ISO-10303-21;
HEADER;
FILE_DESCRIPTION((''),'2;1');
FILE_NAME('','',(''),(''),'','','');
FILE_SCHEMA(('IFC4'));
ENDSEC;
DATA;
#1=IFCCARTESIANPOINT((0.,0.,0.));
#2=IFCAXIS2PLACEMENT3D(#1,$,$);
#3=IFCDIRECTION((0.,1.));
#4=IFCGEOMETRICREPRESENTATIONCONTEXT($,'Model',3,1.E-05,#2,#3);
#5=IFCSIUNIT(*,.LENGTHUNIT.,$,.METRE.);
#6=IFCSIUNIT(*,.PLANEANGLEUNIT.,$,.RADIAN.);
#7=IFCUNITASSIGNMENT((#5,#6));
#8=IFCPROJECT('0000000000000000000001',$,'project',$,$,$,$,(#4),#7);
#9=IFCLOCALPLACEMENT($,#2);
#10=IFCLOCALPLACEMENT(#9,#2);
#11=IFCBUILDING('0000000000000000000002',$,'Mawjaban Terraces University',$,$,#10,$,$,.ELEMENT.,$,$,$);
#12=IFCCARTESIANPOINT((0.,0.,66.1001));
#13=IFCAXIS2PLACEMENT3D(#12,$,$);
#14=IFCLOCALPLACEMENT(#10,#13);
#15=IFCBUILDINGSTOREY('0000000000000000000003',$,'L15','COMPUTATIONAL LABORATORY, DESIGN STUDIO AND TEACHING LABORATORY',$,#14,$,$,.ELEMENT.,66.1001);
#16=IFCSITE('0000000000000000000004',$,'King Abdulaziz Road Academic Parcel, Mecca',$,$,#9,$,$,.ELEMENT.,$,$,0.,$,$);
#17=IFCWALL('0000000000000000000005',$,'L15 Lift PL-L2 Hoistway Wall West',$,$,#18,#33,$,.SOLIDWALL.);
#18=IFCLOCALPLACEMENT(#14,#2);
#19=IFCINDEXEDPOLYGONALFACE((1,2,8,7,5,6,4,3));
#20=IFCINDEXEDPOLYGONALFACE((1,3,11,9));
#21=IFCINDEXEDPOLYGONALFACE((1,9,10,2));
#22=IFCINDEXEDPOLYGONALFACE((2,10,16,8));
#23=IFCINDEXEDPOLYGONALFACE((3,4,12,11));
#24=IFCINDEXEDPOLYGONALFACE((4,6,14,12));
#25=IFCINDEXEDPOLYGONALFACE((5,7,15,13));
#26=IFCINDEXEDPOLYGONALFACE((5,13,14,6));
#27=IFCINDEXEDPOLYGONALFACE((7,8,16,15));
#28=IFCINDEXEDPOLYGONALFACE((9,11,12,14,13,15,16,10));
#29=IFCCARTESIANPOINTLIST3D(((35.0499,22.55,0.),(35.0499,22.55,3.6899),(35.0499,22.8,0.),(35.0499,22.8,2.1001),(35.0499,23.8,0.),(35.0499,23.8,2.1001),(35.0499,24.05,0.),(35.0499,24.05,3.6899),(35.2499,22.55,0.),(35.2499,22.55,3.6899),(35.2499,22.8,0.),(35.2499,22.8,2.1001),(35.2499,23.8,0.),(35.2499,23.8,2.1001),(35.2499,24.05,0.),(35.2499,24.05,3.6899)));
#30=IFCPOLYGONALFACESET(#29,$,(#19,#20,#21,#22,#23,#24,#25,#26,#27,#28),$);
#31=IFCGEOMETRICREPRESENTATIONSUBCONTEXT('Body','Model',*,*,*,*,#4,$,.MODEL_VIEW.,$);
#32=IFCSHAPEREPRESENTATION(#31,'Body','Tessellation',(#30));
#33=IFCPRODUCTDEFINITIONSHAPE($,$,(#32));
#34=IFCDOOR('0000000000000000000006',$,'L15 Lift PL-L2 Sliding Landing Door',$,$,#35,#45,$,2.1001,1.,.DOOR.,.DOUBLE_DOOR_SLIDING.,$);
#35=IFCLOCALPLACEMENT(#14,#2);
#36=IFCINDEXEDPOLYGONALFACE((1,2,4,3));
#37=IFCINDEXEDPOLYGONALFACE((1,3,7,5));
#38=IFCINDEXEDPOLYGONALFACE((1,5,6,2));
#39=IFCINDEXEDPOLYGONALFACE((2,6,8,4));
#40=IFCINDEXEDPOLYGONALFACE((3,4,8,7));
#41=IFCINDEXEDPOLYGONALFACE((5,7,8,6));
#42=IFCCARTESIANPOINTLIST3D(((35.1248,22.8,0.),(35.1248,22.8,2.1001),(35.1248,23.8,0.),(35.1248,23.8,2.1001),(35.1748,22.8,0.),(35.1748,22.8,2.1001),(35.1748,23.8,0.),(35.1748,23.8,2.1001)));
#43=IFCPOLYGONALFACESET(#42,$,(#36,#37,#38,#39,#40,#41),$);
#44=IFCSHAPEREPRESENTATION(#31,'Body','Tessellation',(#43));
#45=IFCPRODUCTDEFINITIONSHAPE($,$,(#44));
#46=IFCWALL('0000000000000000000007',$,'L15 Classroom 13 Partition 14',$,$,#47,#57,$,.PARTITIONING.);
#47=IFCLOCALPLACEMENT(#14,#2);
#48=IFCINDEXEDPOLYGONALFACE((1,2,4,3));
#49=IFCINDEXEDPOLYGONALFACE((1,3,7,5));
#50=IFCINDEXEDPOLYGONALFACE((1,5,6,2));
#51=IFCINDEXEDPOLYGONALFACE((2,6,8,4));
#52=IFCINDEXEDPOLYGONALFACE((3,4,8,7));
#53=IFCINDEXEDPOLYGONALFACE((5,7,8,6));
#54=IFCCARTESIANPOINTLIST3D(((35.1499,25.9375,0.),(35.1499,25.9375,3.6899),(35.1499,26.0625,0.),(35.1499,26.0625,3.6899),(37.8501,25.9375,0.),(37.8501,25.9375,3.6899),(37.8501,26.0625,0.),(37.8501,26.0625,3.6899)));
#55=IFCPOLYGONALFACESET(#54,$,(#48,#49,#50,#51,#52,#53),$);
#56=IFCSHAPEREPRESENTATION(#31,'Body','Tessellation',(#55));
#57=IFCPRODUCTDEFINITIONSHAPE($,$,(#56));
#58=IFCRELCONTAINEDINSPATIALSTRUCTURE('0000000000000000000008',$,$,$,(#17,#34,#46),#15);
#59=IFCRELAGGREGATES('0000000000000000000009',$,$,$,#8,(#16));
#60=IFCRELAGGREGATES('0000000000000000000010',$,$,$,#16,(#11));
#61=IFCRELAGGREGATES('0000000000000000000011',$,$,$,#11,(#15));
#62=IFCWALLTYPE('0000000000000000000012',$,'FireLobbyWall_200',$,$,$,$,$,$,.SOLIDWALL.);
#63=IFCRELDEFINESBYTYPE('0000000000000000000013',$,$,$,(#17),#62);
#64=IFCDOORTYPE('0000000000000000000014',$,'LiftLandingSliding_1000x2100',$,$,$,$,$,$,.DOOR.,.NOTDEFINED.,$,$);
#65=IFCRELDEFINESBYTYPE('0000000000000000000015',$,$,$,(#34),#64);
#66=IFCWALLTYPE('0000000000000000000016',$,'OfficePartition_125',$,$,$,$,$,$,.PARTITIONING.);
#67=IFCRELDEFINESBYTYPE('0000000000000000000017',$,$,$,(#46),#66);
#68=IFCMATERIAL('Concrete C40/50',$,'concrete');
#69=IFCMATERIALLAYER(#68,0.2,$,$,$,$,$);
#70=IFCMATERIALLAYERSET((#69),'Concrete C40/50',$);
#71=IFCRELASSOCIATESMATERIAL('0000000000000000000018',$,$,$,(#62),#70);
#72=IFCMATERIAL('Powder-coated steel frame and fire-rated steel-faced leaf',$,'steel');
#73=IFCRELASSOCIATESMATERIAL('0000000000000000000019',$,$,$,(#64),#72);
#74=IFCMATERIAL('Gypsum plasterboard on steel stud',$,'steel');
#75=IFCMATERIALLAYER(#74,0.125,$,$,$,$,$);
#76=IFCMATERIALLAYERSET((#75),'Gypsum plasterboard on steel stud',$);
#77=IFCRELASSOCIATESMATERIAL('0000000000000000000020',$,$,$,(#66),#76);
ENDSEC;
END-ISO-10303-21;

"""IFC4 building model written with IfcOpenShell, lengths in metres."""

from ifc_helpers import new_model, si_unit, direction, frame, frame_2d, origin, place, context, subcontext, project, spatial, rectangle, extrude, material, layer, layer_set, type_object, element, fill, save


model = new_model("IFC4")

# Units and contexts
model_context = context("Model", 3, precision=1e-05, world=origin(), true_north=direction((0.0, 1.0)))
body_context = subcontext(model_context, "Body", "Model", "MODEL_VIEW")
ifc_project = project(units=[si_unit("LENGTHUNIT", "METRE"), si_unit("PLANEANGLEUNIT", "RADIAN")], contexts=[model_context])

# Site, building, storey
site_placement = place(None, origin())
site = spatial("IfcSite", under=ifc_project, at=site_placement, Name="King Abdulaziz Road Academic Parcel, Mecca", CompositionType="ELEMENT", RefElevation=0.0)
building_placement = place(site_placement, origin())
building = spatial("IfcBuilding", under=site, at=building_placement, Name="Mawjaban Terraces University", CompositionType="ELEMENT")
storey_placement = place(building_placement, frame((0.0, 0.0, 66.1001)))
storey = spatial("IfcBuildingStorey", under=building, at=storey_placement, Name="L15", Description="COMPUTATIONAL LABORATORY, DESIGN STUDIO AND TEACHING LABORATORY", CompositionType="ELEMENT", Elevation=66.1001)

# Wall, opening, door
ifc_material_1 = material(Name="Concrete C40/50", Category="concrete")
ifc_layer_1 = layer(ifc_material_1, 0.2)
ifc_layer_set_1 = layer_set([ifc_layer_1], Name="Concrete C40/50")
wall_type_1 = type_object("IfcWallType", Name="FireLobbyWall_200", PredefinedType="SOLIDWALL", material=ifc_layer_set_1)
wall_1_placement = place(storey_placement, frame((35.1499, 24.05, 0.0), z_axis=(0.0, 0.0, 1.0), x_axis=(0.0, -1.0, 0.0)))
wall_1 = element("IfcWall", 1, at=wall_1_placement, inside=storey, type_object=wall_type_1, Name="L15 Lift PL-L2 Hoistway Wall West", PredefinedType="SOLIDWALL", context=body_context, shape_type="SweptSolid", body=[
    extrude(rectangle(XDim=1.5, YDim=0.2, at=frame_2d((0.75, 0.0))), origin(), (0.0, 0.0, 1.0), 3.6899),
])
opening_1_placement = place(wall_1_placement, frame((0.25, 0.0, 0.0)))
opening_1 = element("IfcOpeningElement", 2, at=opening_1_placement, cuts=wall_1, PredefinedType="OPENING", context=body_context, shape_type="SweptSolid", body=[
    extrude(rectangle(XDim=1.0, YDim=2.1001, at=frame_2d((0.5, 1.05))), frame((0.0, 0.1099, 0.0), z_axis=(0.0, -1.0, 0.0), x_axis=(1.0, 0.0, 0.0)), (0.0, 0.0, 1.0), 0.22),
])
ifc_material_2 = material(Name="Powder-coated steel frame and fire-rated steel-faced leaf", Category="steel")
door_type_1 = type_object("IfcDoorType", Name="LiftLandingSliding_1000x2100", OperationType="NOTDEFINED", PredefinedType="DOOR", material=ifc_material_2)
door_1_placement = place(opening_1_placement, origin())
door_1 = element("IfcDoor", 3, at=door_1_placement, inside=storey, type_object=door_type_1, Name="L15 Lift PL-L2 Sliding Landing Door", OperationType="DOUBLE_DOOR_SLIDING", OverallHeight=2.1001, OverallWidth=1.0, PredefinedType="DOOR", context=body_context, shape_type="SweptSolid", body=[
    extrude(rectangle(XDim=1.0, YDim=2.1001, at=frame_2d((0.5, 1.05))), frame((0.0, 0.0249, 0.0), z_axis=(0.0, -1.0, 0.0), x_axis=(1.0, 0.0, 0.0)), (0.0, 0.0, 1.0), 0.05),
])
fill(opening_1, door_1)

# Wall
ifc_material_3 = material(Name="Gypsum plasterboard on steel stud", Category="steel")
ifc_layer_2 = layer(ifc_material_3, 0.125)
ifc_layer_set_2 = layer_set([ifc_layer_2], Name="Gypsum plasterboard on steel stud")
wall_type_2 = type_object("IfcWallType", Name="OfficePartition_125", PredefinedType="PARTITIONING", material=ifc_layer_set_2)
wall_2_placement = place(storey_placement, frame((35.1499, 26.0, 0.0), z_axis=(0.0, 0.0, 1.0), x_axis=(1.0, 0.0, 0.0)))
element("IfcWall", 4, at=wall_2_placement, inside=storey, type_object=wall_type_2, Name="L15 Classroom 13 Partition 14", PredefinedType="PARTITIONING", context=body_context, shape_type="SweptSolid", body=[
    extrude(rectangle(XDim=2.7002, YDim=0.125, at=frame_2d((1.3501, 0.0))), origin(), (0.0, 0.0, 1.0), 3.6899),
])

save(model, "model.ifc")
